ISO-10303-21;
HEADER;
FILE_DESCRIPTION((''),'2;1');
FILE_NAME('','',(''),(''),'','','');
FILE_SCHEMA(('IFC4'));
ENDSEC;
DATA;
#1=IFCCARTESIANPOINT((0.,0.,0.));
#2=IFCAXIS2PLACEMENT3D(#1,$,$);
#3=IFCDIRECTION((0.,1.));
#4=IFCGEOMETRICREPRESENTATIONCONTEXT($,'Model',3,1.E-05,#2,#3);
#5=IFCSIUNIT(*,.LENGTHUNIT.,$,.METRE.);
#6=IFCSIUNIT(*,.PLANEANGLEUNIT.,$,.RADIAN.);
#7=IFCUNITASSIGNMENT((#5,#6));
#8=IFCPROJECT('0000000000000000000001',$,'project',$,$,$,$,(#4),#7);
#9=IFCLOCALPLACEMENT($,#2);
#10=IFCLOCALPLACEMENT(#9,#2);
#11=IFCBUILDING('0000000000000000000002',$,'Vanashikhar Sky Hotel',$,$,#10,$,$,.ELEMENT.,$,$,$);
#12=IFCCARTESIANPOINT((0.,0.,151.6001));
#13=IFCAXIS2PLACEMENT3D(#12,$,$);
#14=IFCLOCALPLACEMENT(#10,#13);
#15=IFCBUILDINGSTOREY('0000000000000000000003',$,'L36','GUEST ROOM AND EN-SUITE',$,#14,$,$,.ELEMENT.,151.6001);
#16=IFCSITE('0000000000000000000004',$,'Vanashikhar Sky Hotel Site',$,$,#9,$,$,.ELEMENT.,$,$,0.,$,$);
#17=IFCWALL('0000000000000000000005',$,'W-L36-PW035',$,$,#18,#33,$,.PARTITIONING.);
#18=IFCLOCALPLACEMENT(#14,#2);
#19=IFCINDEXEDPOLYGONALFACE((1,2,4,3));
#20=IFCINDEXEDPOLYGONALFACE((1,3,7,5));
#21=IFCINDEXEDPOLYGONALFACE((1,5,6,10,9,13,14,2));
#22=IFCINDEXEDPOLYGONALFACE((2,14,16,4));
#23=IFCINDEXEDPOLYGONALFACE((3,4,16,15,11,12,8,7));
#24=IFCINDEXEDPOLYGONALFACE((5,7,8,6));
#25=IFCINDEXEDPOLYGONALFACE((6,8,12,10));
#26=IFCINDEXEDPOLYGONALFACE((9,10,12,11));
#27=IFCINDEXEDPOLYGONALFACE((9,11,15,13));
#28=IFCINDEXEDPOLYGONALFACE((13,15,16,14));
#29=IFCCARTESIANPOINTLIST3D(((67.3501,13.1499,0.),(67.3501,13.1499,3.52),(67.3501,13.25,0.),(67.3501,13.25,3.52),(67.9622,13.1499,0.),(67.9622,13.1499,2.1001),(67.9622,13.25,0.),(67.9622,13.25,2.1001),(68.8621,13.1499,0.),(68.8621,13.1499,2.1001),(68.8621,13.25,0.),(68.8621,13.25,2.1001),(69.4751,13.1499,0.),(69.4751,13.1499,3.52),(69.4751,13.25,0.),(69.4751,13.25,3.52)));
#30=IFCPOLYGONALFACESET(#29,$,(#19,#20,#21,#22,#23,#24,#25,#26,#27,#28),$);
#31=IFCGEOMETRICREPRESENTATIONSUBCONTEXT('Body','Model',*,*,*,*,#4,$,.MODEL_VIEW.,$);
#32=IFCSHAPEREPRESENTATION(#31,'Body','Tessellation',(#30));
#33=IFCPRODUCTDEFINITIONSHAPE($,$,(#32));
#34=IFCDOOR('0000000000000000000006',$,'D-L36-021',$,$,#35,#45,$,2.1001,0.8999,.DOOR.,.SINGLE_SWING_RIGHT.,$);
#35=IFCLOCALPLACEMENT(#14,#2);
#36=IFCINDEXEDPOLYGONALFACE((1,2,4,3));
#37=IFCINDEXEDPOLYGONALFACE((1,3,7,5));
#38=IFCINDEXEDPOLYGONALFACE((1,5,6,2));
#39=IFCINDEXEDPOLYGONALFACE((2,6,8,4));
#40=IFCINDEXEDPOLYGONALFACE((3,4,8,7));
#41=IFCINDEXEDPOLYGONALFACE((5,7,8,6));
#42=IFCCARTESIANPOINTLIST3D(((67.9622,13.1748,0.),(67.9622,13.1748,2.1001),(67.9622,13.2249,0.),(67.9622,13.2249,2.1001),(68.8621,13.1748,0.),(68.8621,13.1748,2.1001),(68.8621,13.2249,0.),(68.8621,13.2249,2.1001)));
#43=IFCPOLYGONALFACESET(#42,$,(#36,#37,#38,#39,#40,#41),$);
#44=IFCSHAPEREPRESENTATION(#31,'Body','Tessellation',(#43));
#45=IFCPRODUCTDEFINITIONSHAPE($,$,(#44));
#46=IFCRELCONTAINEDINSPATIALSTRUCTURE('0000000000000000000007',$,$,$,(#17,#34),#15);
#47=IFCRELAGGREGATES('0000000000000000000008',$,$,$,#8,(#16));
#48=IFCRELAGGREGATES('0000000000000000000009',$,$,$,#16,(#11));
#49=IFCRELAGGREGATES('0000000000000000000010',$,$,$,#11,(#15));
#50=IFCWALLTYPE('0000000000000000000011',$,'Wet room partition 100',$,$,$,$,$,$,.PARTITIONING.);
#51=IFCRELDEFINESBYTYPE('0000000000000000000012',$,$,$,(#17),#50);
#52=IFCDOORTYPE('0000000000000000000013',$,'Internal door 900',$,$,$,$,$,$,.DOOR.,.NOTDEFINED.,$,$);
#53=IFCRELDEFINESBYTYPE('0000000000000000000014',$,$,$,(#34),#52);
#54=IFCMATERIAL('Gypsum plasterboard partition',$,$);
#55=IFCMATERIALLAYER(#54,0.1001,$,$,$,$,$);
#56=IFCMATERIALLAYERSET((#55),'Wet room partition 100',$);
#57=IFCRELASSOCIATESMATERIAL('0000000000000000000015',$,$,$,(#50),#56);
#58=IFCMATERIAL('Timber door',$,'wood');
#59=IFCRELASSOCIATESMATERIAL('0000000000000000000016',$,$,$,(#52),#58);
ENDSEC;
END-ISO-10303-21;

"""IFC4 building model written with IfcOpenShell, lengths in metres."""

from ifc_helpers import new_model, si_unit, direction, frame, frame_2d, origin, place, context, subcontext, project, spatial, rectangle, extrude, source, transform, mapped, material, layer, layer_set, type_object, element, fill, save


model = new_model("IFC4")

# Units and contexts
model_context = context("Model", 3, precision=1e-05, world=origin(), true_north=direction((0.0, 1.0)))
body_context = subcontext(model_context, "Body", "Model", "MODEL_VIEW")
ifc_project = project(units=[si_unit("LENGTHUNIT", "METRE"), si_unit("PLANEANGLEUNIT", "RADIAN")], contexts=[model_context])

# Site, building, storey
site_placement = place(None, origin())
site = spatial("IfcSite", under=ifc_project, at=site_placement, Name="Vanashikhar Sky Hotel Site", CompositionType="ELEMENT", RefElevation=0.0)
building_placement = place(site_placement, origin())
building = spatial("IfcBuilding", under=site, at=building_placement, Name="Vanashikhar Sky Hotel", CompositionType="ELEMENT")
storey_placement = place(building_placement, frame((0.0, 0.0, 151.6001)))
storey = spatial("IfcBuildingStorey", under=building, at=storey_placement, Name="L36", Description="GUEST ROOM AND EN-SUITE", CompositionType="ELEMENT", Elevation=151.6001)

# Shared definitions
ifc_material_1 = material(Name="Gypsum plasterboard partition")

# Wall, opening, door
ifc_layer_1 = layer(ifc_material_1, 0.1001)
ifc_layer_set_1 = layer_set([ifc_layer_1], Name="Wet room partition 100")
wall_type_1 = type_object("IfcWallType", Name="Wet room partition 100", PredefinedType="PARTITIONING", material=ifc_layer_set_1)
shared_shape_1 = source(origin(), body_context, "Body", "SweptSolid", [
    extrude(rectangle(XDim=2.125, YDim=0.1001, at=frame_2d((1.0625, 0.0))), origin(), (0.0, 0.0, 1.0), 3.52),
])
shared_shape_2 = source(origin(), body_context, "Body", "SweptSolid", [
    extrude(rectangle(XDim=0.8999, YDim=2.1001, at=frame_2d((0.45, 1.05))), frame((0.0, 0.0601, 0.0), z_axis=(0.0, -1.0, 0.0), x_axis=(1.0, 0.0, 0.0)), (0.0, 0.0, 1.0), 0.1201),
])
ifc_material_2 = material(Name="Timber door", Category="wood")
door_type_1 = type_object("IfcDoorType", Name="Internal door 900", OperationType="NOTDEFINED", PredefinedType="DOOR", material=ifc_material_2)
shared_shape_3 = source(origin(), body_context, "Body", "SweptSolid", [
    extrude(rectangle(XDim=0.8999, YDim=2.1001, at=frame_2d((0.45, 1.05))), frame((0.0, 0.0249, 0.0), z_axis=(0.0, -1.0, 0.0), x_axis=(1.0, 0.0, 0.0)), (0.0, 0.0, 1.0), 0.05),
])
wall_1_placement = place(storey_placement, frame((67.3501, 13.2, 0.0), z_axis=(0.0, 0.0, 1.0), x_axis=(1.0, 0.0, 0.0)))
wall_1 = element("IfcWall", 1, at=wall_1_placement, inside=storey, type_object=wall_type_1, Name="W-L36-PW035", PredefinedType="PARTITIONING", context=body_context, shape_type="MappedRepresentation", body=[
    mapped(shared_shape_1, transform((0.0, 0.0, 0.0), scale=1.0)),
])
opening_1_placement = place(wall_1_placement, frame((0.6121, 0.0, 0.0)))
opening_1 = element("IfcOpeningElement", 2, at=opening_1_placement, cuts=wall_1, PredefinedType="OPENING", context=body_context, shape_type="MappedRepresentation", body=[
    mapped(shared_shape_2, transform((0.0, 0.0, 0.0), scale=1.0)),
])
door_1_placement = place(opening_1_placement, origin())
door_1 = element("IfcDoor", 3, at=door_1_placement, inside=storey, type_object=door_type_1, Name="D-L36-021", OperationType="SINGLE_SWING_RIGHT", OverallHeight=2.1001, OverallWidth=0.8999, PredefinedType="DOOR", context=body_context, shape_type="MappedRepresentation", body=[
    mapped(shared_shape_3, transform((0.0, 0.0, 0.0), scale=1.0)),
])
fill(opening_1, door_1)

save(model, "model.ifc")
